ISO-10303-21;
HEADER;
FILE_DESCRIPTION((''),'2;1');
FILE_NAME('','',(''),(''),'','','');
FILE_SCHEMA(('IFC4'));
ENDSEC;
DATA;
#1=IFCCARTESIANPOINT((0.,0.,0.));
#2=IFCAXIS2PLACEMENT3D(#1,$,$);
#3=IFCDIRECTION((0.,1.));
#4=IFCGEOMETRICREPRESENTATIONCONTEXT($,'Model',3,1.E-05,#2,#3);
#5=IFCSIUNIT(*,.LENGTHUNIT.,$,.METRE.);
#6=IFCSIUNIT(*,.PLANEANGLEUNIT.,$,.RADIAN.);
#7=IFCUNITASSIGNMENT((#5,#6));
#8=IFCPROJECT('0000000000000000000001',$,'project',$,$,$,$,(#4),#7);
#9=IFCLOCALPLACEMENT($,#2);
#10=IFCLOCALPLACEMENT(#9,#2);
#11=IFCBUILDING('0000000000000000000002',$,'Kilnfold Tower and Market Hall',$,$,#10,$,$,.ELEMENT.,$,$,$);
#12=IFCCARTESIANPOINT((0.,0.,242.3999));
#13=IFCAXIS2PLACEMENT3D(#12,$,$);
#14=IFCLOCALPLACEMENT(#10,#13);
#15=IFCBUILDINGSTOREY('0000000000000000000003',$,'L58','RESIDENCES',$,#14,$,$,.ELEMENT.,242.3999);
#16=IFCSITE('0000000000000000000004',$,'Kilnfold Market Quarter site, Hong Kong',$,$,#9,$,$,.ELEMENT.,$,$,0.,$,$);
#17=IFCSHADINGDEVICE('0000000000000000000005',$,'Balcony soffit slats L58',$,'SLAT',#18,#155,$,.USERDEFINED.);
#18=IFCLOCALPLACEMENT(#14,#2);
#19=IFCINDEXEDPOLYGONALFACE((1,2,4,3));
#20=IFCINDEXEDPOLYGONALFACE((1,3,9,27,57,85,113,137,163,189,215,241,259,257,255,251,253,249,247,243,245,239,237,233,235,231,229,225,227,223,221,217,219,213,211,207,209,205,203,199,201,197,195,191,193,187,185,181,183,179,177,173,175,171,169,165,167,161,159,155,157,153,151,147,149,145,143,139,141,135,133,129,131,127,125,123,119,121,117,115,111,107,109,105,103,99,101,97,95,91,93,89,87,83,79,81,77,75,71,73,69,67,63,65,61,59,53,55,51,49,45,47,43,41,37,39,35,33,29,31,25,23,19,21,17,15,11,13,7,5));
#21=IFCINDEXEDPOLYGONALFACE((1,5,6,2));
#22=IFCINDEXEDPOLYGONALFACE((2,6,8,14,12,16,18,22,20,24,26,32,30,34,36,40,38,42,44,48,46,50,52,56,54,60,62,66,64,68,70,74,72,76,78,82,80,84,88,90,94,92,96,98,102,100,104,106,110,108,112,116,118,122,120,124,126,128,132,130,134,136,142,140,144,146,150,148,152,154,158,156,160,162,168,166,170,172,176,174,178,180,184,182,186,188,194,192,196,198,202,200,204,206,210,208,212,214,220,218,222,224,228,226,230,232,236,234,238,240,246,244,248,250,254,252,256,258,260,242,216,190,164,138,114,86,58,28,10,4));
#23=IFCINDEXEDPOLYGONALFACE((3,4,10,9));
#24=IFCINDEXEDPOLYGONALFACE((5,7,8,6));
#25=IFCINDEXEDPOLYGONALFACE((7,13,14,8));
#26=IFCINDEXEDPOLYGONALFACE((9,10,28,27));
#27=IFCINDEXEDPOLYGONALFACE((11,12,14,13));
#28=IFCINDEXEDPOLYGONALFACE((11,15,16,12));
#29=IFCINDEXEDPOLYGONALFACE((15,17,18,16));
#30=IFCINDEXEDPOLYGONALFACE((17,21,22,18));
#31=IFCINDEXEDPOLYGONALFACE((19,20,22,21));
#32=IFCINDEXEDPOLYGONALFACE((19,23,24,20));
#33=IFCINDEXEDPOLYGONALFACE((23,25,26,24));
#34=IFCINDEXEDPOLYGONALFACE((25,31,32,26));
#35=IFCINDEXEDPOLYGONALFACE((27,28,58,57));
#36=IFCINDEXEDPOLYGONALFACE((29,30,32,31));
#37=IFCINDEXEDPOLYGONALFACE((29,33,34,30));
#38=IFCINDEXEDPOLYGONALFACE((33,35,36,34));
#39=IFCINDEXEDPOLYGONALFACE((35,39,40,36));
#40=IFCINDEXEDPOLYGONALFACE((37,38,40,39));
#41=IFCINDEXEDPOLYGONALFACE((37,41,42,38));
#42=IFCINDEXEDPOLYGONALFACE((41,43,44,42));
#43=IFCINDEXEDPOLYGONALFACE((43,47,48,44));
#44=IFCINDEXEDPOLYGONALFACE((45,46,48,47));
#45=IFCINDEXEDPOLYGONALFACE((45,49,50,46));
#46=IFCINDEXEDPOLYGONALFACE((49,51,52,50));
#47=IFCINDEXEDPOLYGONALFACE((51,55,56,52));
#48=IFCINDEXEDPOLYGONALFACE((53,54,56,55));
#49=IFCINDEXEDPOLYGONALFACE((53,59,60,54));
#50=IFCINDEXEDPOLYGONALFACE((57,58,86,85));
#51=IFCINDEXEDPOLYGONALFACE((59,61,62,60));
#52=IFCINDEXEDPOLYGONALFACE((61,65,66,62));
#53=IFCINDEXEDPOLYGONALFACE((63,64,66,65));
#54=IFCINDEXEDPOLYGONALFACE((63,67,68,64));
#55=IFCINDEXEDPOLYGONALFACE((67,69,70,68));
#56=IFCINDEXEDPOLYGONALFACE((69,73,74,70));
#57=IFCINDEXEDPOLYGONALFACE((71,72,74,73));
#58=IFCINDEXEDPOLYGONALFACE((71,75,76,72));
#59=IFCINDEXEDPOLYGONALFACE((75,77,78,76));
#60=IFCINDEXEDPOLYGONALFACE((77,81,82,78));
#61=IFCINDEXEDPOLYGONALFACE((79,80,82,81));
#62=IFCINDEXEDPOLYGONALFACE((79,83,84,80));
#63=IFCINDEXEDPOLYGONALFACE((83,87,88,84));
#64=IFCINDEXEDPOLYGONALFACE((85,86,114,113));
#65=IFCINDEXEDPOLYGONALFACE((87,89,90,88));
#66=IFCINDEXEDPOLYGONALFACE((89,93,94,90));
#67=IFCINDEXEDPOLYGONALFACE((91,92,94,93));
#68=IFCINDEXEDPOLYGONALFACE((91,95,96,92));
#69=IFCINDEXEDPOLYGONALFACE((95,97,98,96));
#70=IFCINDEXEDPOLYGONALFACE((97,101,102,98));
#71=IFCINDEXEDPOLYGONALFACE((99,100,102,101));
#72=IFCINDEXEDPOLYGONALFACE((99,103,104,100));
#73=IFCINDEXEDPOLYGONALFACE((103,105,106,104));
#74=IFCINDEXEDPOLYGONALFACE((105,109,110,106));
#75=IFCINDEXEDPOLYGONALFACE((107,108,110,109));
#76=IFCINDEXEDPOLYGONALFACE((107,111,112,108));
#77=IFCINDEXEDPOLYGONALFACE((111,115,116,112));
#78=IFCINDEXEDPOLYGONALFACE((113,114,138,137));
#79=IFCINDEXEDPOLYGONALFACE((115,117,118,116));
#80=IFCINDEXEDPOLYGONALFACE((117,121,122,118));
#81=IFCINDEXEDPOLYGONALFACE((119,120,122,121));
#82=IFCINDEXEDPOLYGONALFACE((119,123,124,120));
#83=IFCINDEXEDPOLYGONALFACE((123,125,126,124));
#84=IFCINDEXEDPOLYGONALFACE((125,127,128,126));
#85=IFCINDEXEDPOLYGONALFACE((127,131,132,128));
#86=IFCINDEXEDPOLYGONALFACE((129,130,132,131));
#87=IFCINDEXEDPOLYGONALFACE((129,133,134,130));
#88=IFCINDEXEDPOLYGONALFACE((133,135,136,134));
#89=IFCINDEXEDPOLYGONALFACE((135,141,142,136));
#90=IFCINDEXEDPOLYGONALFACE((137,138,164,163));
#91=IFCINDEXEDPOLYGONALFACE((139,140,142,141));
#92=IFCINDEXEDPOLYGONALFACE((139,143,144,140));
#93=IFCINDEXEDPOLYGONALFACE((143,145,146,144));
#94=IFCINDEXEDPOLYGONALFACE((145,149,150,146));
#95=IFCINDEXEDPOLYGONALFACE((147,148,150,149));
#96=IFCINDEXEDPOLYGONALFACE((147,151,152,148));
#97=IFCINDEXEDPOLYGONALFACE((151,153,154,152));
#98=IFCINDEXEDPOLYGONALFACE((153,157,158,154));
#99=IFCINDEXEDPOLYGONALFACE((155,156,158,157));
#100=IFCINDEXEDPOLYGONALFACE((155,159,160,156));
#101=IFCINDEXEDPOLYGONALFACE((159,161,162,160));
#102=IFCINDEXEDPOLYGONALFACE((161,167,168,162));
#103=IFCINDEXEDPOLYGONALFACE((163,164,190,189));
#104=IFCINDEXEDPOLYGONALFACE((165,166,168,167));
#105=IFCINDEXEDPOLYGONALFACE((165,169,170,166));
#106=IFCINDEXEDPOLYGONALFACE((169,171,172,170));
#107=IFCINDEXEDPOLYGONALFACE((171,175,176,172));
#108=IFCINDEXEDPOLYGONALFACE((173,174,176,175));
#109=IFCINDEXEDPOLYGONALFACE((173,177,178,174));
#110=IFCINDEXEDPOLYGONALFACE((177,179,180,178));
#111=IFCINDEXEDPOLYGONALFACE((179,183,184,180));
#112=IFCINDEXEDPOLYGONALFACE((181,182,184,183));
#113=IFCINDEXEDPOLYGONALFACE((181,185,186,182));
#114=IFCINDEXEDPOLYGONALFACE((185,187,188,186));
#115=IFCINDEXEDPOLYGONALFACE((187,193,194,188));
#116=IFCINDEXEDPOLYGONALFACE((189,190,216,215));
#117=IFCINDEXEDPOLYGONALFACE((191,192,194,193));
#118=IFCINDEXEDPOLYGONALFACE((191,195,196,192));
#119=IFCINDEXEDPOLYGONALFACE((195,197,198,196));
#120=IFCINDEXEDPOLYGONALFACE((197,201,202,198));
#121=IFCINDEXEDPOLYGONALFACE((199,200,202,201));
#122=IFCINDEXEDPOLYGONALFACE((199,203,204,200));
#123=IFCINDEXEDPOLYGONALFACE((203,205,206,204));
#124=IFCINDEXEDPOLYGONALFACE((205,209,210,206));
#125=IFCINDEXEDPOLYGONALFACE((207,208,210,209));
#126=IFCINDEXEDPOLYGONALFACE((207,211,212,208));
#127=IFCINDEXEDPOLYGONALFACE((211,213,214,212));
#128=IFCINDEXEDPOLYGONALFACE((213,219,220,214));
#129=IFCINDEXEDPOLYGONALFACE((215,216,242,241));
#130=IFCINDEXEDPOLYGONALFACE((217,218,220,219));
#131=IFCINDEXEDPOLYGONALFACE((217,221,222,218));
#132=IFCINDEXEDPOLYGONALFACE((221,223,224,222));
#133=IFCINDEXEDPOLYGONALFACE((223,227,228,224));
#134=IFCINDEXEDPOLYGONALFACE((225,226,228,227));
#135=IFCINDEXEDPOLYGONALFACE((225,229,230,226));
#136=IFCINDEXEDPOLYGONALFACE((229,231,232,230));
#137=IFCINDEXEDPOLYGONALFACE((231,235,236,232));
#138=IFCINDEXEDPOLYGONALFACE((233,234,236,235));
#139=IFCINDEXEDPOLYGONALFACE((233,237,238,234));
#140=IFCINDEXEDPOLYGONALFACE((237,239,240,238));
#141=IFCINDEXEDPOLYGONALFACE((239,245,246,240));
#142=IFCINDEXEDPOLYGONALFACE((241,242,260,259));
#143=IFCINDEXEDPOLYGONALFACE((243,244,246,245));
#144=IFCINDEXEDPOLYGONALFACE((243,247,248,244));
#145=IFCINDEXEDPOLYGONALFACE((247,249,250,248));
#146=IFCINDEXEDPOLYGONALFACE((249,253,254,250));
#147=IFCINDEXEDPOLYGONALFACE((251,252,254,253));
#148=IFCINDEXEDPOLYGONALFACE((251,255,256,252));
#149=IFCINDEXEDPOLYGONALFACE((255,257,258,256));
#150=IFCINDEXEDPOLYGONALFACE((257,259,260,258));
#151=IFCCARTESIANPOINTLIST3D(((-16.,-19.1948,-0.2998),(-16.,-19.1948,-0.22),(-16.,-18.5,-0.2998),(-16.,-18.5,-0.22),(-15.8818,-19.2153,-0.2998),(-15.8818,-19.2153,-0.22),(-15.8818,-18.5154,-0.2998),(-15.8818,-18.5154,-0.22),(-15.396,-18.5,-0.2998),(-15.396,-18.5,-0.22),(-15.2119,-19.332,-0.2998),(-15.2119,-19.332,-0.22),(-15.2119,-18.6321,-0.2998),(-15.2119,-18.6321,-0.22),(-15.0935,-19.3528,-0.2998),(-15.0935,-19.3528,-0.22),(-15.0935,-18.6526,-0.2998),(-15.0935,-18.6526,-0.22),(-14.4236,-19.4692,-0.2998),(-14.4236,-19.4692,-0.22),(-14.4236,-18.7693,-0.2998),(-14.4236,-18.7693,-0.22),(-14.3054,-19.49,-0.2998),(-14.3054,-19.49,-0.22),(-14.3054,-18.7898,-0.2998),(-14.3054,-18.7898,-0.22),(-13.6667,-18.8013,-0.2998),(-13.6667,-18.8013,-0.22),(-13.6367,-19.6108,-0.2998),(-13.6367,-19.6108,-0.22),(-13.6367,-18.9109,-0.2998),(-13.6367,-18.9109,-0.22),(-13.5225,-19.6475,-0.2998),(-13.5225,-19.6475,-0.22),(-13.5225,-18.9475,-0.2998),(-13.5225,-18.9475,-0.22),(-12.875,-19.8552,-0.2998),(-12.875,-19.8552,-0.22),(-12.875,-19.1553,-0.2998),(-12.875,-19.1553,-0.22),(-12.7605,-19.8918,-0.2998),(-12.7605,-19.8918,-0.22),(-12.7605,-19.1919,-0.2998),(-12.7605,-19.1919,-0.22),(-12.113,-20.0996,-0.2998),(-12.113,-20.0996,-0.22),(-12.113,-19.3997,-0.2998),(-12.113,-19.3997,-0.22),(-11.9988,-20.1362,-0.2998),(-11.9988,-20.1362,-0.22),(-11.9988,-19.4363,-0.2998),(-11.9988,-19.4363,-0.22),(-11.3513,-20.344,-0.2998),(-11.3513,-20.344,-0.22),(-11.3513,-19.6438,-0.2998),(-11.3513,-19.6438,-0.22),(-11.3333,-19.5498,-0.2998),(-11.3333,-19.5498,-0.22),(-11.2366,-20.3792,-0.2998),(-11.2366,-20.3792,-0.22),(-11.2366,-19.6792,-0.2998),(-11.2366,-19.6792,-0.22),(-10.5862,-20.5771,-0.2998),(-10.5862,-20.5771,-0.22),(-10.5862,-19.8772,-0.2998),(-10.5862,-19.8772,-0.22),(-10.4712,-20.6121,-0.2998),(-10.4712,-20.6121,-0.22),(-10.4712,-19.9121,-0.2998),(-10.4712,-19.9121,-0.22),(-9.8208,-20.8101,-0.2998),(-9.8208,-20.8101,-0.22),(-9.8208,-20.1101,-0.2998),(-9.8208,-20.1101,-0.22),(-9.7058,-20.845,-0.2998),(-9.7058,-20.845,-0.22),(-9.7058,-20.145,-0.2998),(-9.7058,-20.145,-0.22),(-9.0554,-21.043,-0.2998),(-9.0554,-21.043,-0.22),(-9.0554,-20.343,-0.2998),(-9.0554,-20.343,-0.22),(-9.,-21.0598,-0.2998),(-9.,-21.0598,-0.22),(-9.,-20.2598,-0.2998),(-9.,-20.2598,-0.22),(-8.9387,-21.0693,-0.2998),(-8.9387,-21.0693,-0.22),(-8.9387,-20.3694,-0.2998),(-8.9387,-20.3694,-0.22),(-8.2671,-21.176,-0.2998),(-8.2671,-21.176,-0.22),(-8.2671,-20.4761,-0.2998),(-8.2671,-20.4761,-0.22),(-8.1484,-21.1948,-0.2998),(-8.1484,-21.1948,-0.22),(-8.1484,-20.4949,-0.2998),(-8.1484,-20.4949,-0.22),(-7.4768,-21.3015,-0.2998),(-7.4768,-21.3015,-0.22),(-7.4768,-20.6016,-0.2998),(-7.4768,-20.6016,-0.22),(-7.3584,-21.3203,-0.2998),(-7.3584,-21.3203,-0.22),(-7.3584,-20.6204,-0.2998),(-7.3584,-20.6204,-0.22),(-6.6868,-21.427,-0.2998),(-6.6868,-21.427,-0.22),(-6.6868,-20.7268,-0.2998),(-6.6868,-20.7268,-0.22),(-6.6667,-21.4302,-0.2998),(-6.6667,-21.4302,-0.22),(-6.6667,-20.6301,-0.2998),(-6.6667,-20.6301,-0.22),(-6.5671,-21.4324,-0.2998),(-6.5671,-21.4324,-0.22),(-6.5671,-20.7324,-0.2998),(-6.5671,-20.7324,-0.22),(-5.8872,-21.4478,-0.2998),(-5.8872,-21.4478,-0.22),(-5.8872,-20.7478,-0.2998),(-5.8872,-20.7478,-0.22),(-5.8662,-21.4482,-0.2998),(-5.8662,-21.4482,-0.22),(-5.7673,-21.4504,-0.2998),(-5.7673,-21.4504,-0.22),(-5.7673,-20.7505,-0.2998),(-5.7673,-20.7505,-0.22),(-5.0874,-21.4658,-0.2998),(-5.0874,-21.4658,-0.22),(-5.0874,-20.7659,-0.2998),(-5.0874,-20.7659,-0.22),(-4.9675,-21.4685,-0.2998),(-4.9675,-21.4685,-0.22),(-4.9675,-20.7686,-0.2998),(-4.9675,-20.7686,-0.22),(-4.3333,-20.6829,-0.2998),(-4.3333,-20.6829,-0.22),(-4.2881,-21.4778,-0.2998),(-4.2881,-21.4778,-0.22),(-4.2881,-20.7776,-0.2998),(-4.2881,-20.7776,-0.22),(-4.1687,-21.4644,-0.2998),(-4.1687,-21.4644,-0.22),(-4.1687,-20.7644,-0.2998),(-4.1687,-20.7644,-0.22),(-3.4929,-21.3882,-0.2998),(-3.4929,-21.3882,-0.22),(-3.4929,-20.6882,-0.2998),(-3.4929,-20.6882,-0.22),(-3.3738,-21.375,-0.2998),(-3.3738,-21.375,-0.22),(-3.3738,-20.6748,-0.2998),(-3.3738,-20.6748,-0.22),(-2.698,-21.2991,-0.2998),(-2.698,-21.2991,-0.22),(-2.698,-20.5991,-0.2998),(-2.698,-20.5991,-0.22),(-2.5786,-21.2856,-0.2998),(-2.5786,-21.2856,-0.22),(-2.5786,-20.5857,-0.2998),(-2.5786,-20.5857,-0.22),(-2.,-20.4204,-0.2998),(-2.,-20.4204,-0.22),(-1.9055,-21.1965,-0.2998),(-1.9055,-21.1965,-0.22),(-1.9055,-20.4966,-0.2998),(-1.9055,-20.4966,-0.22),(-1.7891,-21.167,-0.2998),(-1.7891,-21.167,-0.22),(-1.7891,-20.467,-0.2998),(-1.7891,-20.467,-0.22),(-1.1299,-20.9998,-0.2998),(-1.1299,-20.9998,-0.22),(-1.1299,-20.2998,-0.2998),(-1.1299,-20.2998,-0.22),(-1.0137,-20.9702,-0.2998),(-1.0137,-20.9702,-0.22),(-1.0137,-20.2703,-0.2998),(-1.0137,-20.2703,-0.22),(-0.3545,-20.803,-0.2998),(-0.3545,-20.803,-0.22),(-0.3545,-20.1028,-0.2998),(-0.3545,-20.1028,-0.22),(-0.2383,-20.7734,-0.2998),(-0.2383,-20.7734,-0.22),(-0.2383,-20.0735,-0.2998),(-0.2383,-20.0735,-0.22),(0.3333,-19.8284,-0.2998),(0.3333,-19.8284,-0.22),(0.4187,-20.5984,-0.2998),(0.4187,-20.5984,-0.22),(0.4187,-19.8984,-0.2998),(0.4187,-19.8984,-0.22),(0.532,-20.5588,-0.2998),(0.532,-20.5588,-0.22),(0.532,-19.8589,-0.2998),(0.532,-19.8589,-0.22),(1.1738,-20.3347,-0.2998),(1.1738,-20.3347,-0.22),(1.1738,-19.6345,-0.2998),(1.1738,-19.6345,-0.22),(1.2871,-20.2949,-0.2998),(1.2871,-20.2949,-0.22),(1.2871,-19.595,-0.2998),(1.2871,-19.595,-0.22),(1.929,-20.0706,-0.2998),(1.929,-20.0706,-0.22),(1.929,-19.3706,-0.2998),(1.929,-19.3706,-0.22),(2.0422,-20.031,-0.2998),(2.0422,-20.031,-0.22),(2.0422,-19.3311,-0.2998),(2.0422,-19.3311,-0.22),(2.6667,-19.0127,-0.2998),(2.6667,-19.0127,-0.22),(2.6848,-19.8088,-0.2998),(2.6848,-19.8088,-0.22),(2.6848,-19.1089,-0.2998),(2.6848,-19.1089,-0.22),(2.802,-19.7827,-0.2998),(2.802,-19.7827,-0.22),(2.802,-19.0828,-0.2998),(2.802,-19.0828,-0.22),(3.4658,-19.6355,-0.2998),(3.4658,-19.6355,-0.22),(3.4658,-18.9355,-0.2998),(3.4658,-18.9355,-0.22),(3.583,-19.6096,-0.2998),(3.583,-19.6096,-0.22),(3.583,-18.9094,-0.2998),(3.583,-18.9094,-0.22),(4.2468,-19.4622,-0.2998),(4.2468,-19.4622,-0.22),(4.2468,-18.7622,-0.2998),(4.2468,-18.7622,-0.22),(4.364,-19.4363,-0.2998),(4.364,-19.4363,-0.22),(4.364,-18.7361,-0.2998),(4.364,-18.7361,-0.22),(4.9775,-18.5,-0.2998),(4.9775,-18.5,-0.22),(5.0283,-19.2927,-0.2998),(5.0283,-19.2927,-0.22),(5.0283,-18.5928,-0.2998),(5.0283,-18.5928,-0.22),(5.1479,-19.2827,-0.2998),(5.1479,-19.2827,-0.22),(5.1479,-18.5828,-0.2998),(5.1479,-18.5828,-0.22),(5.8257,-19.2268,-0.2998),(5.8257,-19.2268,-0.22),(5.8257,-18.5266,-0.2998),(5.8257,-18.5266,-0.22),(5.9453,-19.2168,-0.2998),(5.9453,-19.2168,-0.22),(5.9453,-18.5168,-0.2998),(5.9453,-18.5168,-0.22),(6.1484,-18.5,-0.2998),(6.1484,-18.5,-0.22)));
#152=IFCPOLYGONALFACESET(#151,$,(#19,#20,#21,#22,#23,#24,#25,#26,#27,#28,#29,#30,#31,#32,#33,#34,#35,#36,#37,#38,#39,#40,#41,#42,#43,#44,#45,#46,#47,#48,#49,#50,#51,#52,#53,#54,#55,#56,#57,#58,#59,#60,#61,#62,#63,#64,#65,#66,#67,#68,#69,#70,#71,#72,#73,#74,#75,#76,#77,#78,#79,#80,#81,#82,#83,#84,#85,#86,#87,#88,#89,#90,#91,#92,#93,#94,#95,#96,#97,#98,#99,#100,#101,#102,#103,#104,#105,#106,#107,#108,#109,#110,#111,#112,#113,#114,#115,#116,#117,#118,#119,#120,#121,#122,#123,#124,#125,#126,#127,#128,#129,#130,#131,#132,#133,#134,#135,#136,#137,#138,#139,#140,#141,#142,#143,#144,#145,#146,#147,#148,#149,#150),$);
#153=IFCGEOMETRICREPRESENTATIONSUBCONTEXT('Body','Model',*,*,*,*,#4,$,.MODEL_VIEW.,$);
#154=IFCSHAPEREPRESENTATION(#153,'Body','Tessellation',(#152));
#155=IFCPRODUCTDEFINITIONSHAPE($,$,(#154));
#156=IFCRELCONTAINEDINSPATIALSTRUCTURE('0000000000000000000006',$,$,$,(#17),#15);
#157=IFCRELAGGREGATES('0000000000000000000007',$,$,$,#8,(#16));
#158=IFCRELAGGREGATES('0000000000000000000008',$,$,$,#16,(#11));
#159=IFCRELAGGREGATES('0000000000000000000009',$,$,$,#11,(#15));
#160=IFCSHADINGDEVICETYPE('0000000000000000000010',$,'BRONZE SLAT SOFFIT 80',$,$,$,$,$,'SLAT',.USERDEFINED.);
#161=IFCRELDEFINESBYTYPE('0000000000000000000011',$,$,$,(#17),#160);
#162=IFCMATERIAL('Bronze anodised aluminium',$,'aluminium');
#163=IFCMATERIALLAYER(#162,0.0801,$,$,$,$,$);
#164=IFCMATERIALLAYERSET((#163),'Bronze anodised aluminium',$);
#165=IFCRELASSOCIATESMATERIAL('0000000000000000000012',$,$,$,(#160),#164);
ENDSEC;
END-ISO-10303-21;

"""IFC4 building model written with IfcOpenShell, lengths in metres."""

from ifc_helpers import new_model, si_unit, direction, frame, origin, place, context, subcontext, project, spatial, polyline, outline, extrude, source, transform, mapped, material, layer, layer_set, type_object, element, save


model = new_model("IFC4")

# Units and contexts
model_context = context("Model", 3, precision=1e-05, world=origin(), true_north=direction((0.0, 1.0)))
body_context = subcontext(model_context, "Body", "Model", "MODEL_VIEW")
ifc_project = project(units=[si_unit("LENGTHUNIT", "METRE"), si_unit("PLANEANGLEUNIT", "RADIAN")], contexts=[model_context])

# Site, building, storey
site_placement = place(None, origin())
site = spatial("IfcSite", under=ifc_project, at=site_placement, Name="Kilnfold Market Quarter site, Hong Kong", CompositionType="ELEMENT", RefElevation=0.0)
building_placement = place(site_placement, origin())
building = spatial("IfcBuilding", under=site, at=building_placement, Name="Kilnfold Tower and Market Hall", CompositionType="ELEMENT")
storey_placement = place(building_placement, frame((0.0, 0.0, 242.3999)))
storey = spatial("IfcBuildingStorey", under=building, at=storey_placement, Name="L58", Description="RESIDENCES", CompositionType="ELEMENT", Elevation=242.3999)

# Shading device
ifc_material_1 = material(Name="Bronze anodised aluminium", Category="aluminium")
ifc_layer_1 = layer(ifc_material_1, 0.0801)
ifc_layer_set_1 = layer_set([ifc_layer_1], Name="Bronze anodised aluminium")
shading_device_type_1 = type_object("IfcShadingDeviceType", Name="BRONZE SLAT SOFFIT 80", ElementType="SLAT", PredefinedType="USERDEFINED", material=ifc_layer_set_1)
shared_shape_1 = source(origin(), body_context, "Body", "SweptSolid", [
    extrude(outline(polyline([(-16.0, -18.5), (-15.396, -18.5), (-13.6667, -18.8013), (-11.3333, -19.5498), (-9.0, -20.2598), (-6.6667, -20.6301), (-4.3333, -20.6829), (-2.0, -20.4204), (0.3333, -19.8284), (2.6667, -19.0127), (4.9775, -18.5), (6.1484, -18.5), (5.9453, -18.5168), (5.9453, -19.2168), (5.8257, -19.2268), (5.8257, -18.5266), (5.1479, -18.5828), (5.1479, -19.2827), (5.0283, -19.2927), (5.0283, -18.5928), (4.364, -18.7361), (4.364, -19.4363), (4.2468, -19.4622), (4.2468, -18.7622), (3.583, -18.9094), (3.583, -19.6096), (3.4658, -19.6355), (3.4658, -18.9355), (2.802, -19.0828), (2.802, -19.7827), (2.6848, -19.8088), (2.6848, -19.1089), (2.0422, -19.3311), (2.0422, -20.031), (1.929, -20.0706), (1.929, -19.3706), (1.2871, -19.595), (1.2871, -20.2949), (1.1738, -20.3347), (1.1738, -19.6345), (0.532, -19.8589), (0.532, -20.5588), (0.4187, -20.5984), (0.4187, -19.8984), (-0.2383, -20.0735), (-0.2383, -20.7734), (-0.3545, -20.803), (-0.3545, -20.1028), (-1.0137, -20.2703), (-1.0137, -20.9702), (-1.1299, -20.9998), (-1.1299, -20.2998), (-1.7891, -20.467), (-1.7891, -21.167), (-1.9055, -21.1965), (-1.9055, -20.4966), (-2.5786, -20.5857), (-2.5786, -21.2856), (-2.698, -21.2991), (-2.698, -20.5991), (-3.3738, -20.6748), (-3.3738, -21.375), (-3.4929, -21.3882), (-3.4929, -20.6882), (-4.1687, -20.7644), (-4.1687, -21.4644), (-4.2881, -21.4778), (-4.2881, -20.7776), (-4.9675, -20.7686), (-4.9675, -21.4685), (-5.0874, -21.4658), (-5.0874, -20.7659), (-5.7673, -20.7505), (-5.7673, -21.4504), (-5.8662, -21.4482), (-5.8872, -21.4478), (-5.8872, -20.7478), (-6.5671, -20.7324), (-6.5671, -21.4324), (-6.6667, -21.4302), (-6.6868, -21.427), (-6.6868, -20.7268), (-7.3584, -20.6204), (-7.3584, -21.3203), (-7.4768, -21.3015), (-7.4768, -20.6016), (-8.1484, -20.4949), (-8.1484, -21.1948), (-8.2671, -21.176), (-8.2671, -20.4761), (-8.9387, -20.3694), (-8.9387, -21.0693), (-9.0, -21.0598), (-9.0554, -21.043), (-9.0554, -20.343), (-9.7058, -20.145), (-9.7058, -20.845), (-9.8208, -20.8101), (-9.8208, -20.1101), (-10.4712, -19.9121), (-10.4712, -20.6121), (-10.5862, -20.5771), (-10.5862, -19.8772), (-11.2366, -19.6792), (-11.2366, -20.3792), (-11.3513, -20.344), (-11.3513, -19.6438), (-11.9988, -19.4363), (-11.9988, -20.1362), (-12.113, -20.0996), (-12.113, -19.3997), (-12.7605, -19.1919), (-12.7605, -19.8918), (-12.875, -19.8552), (-12.875, -19.1553), (-13.5225, -18.9475), (-13.5225, -19.6475), (-13.6367, -19.6108), (-13.6367, -18.9109), (-14.3054, -18.7898), (-14.3054, -19.49), (-14.4236, -19.4692), (-14.4236, -18.7693), (-15.0935, -18.6526), (-15.0935, -19.3528), (-15.2119, -19.332), (-15.2119, -18.6321), (-15.8818, -18.5154), (-15.8818, -19.2153), (-16.0, -19.1948), (-16.0, -18.5)])), origin(), (0.0, 0.0, 1.0), 0.0798),
])
shading_device_1_placement = place(storey_placement, frame((0.0, 0.0, -0.2998)))
element("IfcShadingDevice", 1, at=shading_device_1_placement, inside=storey, type_object=shading_device_type_1, Name="Balcony soffit slats L58", ObjectType="SLAT", PredefinedType="USERDEFINED", context=body_context, shape_type="MappedRepresentation", body=[
    mapped(shared_shape_1, transform((0.0, 0.0, 0.0))),
])

save(model, "model.ifc")
